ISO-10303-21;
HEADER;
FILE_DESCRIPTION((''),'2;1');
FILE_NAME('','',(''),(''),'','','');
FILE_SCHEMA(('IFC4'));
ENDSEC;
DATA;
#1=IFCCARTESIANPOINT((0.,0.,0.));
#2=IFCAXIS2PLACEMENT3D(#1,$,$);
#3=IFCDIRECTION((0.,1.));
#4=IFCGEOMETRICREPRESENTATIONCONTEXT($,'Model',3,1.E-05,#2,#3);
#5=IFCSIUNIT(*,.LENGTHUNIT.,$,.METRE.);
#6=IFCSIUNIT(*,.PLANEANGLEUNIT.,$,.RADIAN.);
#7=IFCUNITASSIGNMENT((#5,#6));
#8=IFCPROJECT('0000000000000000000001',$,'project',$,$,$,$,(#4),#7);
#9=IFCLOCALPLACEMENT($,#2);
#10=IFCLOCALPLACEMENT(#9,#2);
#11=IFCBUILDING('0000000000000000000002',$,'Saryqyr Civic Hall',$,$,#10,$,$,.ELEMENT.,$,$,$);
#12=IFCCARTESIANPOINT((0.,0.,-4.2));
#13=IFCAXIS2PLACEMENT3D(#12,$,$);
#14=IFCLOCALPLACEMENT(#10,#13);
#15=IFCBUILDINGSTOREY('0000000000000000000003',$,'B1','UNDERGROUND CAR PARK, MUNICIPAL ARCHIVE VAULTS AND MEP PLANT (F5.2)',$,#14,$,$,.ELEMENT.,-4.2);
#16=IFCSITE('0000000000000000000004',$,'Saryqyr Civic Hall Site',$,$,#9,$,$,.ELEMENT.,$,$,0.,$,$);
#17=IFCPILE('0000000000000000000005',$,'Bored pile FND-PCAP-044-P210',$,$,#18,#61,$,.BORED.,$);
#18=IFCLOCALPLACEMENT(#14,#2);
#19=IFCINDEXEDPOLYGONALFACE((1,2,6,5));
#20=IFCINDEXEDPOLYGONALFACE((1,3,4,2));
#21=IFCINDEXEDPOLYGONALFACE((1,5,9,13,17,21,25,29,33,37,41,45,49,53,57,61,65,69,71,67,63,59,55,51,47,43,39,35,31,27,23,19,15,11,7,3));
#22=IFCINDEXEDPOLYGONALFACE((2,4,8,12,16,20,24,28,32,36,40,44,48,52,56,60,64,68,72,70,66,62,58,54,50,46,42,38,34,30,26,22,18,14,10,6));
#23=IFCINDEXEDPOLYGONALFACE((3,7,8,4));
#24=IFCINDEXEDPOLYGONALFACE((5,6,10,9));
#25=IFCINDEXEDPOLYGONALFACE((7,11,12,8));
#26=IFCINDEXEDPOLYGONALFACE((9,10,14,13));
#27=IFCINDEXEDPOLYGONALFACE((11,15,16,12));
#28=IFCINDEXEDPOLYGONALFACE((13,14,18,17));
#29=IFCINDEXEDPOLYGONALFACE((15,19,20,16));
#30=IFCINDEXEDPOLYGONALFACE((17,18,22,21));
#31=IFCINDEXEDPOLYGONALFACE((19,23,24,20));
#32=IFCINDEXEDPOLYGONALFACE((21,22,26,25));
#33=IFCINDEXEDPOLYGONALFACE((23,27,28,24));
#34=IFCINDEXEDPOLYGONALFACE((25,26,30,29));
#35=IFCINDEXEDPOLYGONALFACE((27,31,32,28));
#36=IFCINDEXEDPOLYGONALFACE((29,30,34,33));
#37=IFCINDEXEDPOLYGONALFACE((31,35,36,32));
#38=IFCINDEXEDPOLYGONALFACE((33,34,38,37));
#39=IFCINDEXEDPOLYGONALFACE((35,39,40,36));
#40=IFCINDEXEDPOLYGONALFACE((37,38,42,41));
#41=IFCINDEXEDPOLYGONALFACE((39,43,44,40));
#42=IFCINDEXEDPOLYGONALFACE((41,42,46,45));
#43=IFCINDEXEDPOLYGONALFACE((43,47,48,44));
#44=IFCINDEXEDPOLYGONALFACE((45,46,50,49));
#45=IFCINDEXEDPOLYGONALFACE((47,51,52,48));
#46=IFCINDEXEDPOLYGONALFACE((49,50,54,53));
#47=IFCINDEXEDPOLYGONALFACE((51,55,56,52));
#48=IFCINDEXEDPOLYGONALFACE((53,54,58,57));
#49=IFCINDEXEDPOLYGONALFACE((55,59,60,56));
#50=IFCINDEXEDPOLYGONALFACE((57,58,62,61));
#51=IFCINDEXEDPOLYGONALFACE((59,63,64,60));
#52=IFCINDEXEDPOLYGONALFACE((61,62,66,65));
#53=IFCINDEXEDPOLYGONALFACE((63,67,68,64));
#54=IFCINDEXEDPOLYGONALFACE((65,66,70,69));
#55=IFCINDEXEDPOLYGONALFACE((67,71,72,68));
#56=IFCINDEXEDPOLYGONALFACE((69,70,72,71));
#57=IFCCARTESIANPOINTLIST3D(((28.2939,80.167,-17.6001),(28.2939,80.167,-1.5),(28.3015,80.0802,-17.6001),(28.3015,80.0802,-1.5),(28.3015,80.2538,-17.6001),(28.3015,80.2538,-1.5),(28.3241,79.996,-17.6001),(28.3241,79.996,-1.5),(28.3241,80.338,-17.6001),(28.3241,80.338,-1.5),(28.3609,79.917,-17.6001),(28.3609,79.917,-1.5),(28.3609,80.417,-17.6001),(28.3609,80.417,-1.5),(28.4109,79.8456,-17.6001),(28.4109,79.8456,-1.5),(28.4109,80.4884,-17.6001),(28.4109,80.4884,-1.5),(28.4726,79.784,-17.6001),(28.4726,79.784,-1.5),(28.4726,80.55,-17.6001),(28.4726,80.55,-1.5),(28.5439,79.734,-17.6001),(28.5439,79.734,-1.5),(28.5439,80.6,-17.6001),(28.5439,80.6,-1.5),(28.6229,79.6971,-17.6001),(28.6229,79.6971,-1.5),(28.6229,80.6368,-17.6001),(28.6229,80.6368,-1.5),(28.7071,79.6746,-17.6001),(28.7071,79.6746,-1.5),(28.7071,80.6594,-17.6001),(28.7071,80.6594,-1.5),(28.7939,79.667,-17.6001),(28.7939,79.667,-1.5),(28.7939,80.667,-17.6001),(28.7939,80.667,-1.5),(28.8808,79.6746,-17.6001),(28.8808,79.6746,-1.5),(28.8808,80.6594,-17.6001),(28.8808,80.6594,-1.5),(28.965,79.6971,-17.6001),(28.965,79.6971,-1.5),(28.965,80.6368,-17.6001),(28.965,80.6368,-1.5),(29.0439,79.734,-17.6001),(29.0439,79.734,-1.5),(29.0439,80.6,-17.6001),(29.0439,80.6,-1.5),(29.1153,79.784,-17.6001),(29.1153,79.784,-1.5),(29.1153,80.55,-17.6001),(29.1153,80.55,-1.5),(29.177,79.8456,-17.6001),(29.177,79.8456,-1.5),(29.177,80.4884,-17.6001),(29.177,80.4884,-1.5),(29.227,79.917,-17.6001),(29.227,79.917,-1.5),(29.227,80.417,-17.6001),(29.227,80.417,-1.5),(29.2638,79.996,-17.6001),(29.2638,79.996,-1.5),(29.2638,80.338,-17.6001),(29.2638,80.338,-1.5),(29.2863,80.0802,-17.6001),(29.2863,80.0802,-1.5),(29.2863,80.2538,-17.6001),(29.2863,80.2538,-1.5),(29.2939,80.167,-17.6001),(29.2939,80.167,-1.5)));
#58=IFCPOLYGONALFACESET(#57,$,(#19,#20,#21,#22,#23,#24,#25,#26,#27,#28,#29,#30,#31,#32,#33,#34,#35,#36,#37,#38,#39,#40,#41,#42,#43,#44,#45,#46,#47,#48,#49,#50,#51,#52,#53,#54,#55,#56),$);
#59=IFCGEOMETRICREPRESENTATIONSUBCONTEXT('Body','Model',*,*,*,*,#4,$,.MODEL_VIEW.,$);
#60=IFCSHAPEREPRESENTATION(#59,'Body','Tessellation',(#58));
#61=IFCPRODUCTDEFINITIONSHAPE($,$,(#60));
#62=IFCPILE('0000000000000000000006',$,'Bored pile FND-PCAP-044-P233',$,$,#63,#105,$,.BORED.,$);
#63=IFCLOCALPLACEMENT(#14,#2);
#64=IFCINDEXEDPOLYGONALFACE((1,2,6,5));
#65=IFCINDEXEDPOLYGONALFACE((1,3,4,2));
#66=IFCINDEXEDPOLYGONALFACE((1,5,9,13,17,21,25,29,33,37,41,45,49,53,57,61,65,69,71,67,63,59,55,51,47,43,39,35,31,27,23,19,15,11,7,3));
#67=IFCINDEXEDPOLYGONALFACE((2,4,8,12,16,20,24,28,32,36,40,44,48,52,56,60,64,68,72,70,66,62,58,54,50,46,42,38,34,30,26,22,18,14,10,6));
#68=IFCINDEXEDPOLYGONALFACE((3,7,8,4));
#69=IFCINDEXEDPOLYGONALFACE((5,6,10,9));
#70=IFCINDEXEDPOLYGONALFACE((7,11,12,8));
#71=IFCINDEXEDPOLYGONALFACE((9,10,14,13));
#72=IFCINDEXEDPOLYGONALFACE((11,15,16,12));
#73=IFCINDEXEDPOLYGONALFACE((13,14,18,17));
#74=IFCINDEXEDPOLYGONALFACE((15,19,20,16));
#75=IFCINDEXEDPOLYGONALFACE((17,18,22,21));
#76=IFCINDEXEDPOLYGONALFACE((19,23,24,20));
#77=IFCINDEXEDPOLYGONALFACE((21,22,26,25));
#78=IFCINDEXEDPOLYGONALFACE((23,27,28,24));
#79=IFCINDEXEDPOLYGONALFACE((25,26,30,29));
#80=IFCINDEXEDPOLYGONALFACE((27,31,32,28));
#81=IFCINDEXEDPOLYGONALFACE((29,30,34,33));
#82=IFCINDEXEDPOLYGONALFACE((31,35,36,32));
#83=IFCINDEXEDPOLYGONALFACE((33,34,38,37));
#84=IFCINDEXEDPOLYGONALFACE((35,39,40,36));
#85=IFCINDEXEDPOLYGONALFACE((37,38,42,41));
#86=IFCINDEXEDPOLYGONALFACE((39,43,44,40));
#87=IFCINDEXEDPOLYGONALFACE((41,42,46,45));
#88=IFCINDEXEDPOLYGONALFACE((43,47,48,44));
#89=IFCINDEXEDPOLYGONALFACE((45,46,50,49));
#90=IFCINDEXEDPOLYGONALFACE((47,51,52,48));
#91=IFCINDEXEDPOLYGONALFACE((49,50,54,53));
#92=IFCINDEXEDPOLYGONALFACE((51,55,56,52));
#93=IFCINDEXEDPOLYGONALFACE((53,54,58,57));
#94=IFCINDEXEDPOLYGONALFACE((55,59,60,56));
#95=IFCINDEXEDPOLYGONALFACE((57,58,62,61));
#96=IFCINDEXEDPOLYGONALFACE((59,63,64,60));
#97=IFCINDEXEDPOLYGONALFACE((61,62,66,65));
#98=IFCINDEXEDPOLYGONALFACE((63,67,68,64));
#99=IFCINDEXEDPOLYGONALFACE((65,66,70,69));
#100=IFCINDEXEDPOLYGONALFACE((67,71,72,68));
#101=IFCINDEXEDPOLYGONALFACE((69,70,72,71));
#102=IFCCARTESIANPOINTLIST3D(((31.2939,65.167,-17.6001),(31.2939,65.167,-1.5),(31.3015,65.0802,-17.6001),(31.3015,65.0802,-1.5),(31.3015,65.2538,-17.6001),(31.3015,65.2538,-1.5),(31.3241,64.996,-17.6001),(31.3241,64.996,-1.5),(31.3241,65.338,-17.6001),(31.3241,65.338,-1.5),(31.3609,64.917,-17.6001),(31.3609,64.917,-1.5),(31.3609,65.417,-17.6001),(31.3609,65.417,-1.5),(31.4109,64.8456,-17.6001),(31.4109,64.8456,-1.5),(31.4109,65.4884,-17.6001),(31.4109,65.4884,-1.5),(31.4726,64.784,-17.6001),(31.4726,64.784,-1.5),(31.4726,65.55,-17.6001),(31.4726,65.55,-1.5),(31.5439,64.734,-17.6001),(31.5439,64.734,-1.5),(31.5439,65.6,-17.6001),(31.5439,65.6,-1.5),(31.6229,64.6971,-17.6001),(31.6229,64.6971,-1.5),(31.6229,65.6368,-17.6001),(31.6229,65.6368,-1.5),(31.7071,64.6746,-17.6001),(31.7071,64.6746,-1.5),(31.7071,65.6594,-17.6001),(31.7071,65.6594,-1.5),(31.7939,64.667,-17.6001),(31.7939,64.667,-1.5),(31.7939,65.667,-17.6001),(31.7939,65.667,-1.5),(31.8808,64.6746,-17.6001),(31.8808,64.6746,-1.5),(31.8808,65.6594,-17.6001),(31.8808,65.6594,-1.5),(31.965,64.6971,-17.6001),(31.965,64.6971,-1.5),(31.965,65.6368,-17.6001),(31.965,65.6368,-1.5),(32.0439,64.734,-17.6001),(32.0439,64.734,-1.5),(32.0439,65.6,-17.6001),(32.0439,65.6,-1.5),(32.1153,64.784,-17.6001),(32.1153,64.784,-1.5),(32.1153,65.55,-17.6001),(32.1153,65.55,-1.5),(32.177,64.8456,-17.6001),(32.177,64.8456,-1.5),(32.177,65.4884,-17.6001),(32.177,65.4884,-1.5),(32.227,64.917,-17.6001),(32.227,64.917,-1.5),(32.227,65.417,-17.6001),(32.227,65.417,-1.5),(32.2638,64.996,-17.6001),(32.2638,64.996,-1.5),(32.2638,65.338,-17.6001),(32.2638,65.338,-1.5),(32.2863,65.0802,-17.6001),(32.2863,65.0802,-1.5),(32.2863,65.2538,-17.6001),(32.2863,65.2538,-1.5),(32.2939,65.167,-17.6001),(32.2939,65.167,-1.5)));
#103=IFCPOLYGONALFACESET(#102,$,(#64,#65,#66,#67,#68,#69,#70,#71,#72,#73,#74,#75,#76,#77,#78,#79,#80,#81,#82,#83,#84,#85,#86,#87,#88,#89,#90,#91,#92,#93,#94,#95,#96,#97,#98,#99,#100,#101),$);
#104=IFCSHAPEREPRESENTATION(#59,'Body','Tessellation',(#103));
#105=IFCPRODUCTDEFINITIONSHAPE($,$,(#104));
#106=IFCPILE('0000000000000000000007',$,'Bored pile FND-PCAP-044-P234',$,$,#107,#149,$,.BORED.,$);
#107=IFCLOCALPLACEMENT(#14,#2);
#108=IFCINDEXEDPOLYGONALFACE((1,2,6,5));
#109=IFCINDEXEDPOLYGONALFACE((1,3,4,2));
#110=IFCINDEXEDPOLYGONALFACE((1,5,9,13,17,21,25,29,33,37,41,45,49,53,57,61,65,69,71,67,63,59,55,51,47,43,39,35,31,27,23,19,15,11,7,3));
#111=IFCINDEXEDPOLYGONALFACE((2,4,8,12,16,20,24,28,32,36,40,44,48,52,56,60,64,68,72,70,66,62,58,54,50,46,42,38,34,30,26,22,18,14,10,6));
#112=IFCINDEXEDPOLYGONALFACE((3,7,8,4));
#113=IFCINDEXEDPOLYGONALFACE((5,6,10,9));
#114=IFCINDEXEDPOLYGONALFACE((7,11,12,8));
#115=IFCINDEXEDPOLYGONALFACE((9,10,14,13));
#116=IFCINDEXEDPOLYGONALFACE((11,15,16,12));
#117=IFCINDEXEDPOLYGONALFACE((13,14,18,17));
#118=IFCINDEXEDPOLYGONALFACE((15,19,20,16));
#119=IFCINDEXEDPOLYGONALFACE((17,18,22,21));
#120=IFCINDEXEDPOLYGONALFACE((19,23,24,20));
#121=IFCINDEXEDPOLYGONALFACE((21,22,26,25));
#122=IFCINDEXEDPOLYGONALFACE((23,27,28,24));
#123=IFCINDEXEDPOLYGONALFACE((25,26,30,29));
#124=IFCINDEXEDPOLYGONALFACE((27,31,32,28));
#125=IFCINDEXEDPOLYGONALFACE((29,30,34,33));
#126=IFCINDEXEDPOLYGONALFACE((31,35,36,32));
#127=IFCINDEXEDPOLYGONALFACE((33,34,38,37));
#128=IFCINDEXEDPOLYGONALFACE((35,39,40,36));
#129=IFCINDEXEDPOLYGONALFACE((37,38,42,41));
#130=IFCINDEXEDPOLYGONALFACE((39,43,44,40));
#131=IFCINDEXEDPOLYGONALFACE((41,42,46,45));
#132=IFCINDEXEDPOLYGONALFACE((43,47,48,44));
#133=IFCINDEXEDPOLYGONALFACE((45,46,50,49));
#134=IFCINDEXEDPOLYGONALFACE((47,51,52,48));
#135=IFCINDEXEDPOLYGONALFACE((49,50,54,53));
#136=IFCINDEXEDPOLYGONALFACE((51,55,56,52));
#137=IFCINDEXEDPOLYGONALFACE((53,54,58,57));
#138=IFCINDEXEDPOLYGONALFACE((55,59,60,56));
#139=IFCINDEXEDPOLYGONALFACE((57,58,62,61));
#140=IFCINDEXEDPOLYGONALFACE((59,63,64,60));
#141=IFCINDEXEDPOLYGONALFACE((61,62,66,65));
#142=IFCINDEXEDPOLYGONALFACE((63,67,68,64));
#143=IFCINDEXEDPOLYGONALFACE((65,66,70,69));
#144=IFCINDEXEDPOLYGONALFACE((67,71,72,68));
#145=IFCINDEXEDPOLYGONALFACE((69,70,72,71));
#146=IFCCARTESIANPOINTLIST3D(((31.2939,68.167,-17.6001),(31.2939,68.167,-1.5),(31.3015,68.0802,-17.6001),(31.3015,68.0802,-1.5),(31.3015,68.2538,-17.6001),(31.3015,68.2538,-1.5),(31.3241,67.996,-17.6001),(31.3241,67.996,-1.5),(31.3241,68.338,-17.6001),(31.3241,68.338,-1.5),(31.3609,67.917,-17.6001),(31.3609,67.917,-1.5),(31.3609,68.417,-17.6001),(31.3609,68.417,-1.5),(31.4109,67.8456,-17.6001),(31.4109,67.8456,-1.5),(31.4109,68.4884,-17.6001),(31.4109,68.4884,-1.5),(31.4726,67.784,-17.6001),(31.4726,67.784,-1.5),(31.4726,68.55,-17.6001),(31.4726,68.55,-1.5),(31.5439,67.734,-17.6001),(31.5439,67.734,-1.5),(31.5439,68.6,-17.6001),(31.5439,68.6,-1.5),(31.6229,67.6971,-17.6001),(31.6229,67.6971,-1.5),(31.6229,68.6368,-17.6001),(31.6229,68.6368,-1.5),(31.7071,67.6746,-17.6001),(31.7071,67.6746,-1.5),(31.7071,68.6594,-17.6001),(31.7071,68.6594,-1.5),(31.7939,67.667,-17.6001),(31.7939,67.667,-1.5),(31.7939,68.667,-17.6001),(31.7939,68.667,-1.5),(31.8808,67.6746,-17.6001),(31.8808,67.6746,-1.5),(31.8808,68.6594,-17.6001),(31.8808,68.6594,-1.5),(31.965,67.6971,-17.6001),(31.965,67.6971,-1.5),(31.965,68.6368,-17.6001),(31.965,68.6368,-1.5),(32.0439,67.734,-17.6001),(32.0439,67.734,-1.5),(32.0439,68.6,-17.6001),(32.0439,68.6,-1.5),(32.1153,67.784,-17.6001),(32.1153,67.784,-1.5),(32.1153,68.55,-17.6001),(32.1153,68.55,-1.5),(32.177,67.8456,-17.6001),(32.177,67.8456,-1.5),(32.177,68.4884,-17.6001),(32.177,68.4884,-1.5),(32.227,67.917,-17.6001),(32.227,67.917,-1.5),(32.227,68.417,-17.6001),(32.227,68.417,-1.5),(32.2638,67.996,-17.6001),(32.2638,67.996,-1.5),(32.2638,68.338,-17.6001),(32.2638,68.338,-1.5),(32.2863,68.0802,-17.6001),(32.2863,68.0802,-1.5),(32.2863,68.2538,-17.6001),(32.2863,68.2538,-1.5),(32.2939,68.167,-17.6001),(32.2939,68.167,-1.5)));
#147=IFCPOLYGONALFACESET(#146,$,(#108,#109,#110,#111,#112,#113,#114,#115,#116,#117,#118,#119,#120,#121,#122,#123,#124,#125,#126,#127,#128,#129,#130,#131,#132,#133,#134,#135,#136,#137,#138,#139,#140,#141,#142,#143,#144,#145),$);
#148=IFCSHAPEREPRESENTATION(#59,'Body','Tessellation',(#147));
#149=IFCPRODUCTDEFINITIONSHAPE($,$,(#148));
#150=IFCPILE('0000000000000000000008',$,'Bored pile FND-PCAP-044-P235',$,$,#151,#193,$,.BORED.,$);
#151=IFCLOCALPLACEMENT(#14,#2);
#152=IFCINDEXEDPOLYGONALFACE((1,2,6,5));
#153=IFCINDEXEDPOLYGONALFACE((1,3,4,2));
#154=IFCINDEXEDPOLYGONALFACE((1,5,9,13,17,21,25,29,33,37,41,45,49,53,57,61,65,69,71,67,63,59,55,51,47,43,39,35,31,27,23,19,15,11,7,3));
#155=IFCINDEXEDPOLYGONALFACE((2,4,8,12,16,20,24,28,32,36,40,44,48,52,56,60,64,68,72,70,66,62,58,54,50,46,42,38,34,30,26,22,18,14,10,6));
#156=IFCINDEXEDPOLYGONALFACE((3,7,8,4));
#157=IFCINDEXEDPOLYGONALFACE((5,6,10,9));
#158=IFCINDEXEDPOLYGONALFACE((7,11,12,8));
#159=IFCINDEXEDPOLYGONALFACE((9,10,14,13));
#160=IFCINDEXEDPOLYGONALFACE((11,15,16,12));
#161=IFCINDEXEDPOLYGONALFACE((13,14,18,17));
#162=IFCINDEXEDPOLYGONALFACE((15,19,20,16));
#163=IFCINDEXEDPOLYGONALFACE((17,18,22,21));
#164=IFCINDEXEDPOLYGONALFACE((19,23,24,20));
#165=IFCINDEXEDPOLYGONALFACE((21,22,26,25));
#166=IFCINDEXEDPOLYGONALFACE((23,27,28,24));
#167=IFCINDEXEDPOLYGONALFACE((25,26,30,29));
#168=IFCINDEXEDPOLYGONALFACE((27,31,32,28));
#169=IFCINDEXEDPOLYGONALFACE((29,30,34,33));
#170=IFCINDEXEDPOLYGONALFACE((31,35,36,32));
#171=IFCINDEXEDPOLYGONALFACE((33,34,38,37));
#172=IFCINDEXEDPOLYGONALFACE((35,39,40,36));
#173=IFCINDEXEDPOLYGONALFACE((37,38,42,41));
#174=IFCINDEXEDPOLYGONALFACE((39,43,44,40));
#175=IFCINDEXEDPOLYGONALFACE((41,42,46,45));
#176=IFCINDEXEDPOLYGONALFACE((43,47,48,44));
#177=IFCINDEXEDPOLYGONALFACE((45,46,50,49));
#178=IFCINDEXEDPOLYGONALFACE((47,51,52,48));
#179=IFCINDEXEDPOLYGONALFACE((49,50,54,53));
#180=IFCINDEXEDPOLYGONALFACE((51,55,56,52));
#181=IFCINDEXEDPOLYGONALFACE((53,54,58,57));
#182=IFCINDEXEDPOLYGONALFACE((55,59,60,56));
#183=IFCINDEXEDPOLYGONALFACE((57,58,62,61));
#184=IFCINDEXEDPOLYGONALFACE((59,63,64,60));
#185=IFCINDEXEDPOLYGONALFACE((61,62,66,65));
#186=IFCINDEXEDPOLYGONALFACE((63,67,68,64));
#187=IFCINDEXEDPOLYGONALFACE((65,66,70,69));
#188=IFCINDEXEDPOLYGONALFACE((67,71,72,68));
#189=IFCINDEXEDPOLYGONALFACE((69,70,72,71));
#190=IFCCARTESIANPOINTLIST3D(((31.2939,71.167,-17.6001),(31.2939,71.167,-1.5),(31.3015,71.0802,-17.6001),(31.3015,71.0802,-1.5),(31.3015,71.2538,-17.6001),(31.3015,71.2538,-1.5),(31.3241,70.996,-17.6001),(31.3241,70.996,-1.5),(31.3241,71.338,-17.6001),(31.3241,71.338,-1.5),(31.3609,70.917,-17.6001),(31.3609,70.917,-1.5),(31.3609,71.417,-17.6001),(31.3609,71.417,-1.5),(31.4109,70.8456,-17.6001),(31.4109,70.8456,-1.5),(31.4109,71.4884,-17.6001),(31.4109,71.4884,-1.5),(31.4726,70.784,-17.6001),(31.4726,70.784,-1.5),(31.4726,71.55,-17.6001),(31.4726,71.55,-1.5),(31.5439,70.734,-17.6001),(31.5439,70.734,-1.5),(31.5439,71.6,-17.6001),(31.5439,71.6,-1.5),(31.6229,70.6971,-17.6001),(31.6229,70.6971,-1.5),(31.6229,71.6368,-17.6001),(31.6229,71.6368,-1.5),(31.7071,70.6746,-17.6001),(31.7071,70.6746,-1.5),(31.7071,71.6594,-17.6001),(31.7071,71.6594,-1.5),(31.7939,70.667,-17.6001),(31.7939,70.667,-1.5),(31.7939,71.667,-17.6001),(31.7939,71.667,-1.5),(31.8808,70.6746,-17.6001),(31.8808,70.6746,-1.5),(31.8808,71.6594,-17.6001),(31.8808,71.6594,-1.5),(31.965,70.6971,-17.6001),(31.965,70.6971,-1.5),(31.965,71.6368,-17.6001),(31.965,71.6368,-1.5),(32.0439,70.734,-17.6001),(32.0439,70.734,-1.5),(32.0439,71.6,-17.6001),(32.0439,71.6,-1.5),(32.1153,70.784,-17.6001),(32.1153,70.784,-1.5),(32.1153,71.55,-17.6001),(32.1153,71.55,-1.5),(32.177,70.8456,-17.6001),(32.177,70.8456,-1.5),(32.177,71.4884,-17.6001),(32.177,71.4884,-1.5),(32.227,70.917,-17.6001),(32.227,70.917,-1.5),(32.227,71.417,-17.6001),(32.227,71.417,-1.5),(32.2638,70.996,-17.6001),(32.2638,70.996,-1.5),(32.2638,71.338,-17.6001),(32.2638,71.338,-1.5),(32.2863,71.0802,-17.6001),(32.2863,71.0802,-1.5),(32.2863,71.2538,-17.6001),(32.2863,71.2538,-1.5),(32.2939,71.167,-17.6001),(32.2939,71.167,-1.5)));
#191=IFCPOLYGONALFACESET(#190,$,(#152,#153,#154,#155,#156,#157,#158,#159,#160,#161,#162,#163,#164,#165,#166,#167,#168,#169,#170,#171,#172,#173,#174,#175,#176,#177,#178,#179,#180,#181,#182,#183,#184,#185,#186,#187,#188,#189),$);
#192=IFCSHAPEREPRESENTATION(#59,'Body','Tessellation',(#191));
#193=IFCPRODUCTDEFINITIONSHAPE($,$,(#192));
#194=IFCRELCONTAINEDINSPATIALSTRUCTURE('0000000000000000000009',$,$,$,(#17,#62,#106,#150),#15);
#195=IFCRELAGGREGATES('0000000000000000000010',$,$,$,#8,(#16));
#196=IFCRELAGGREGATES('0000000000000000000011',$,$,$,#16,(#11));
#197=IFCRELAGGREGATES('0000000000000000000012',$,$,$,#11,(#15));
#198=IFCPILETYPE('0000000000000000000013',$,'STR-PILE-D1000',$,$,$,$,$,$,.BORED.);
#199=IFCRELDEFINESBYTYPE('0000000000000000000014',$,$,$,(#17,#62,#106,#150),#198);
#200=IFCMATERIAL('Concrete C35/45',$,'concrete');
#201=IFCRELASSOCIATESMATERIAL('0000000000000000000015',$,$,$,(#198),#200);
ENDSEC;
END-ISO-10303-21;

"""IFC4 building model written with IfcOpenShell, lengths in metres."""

from ifc_helpers import new_model, si_unit, direction, frame, origin, origin_2d, place, context, subcontext, project, spatial, circle, extrude, material, material_profile, profile_set, type_object, element, save


model = new_model("IFC4")

# Units and contexts
model_context = context("Model", 3, precision=1e-05, world=origin(), true_north=direction((0.0, 1.0)))
body_context = subcontext(model_context, "Body", "Model", "MODEL_VIEW")
ifc_project = project(units=[si_unit("LENGTHUNIT", "METRE"), si_unit("PLANEANGLEUNIT", "RADIAN")], contexts=[model_context])

# Site, building, storey
site_placement = place(None, origin())
site = spatial("IfcSite", under=ifc_project, at=site_placement, Name="Saryqyr Civic Hall Site", CompositionType="ELEMENT", RefElevation=0.0)
building_placement = place(site_placement, origin())
building = spatial("IfcBuilding", under=site, at=building_placement, Name="Saryqyr Civic Hall", CompositionType="ELEMENT")
storey_placement = place(building_placement, frame((0.0, 0.0, -4.2)))
storey = spatial("IfcBuildingStorey", under=building, at=storey_placement, Name="B1", Description="UNDERGROUND CAR PARK, MUNICIPAL ARCHIVE VAULTS AND MEP PLANT (F5.2)", CompositionType="ELEMENT", Elevation=-4.2)

# Shared definitions
ifc_material_1 = material(Name="Concrete C35/45", Category="concrete")

# Piles
ifc_material_profile_1 = material_profile(ifc_material_1, circle(Radius=0.5, at=origin_2d()), Name="BORED PILE D1000")
ifc_profile_set_1 = profile_set([ifc_material_profile_1], Name="Concrete C35/45")
pile_type = type_object("IfcPileType", Name="STR-PILE-D1000", PredefinedType="BORED", material=ifc_profile_set_1)
for number, where, z_axis, x_axis, name in (
    (1, (28.7939, 80.167, -1.5), (0.0, 0.0, -1.0), (1.0, 0.0, 0.0), "Bored pile FND-PCAP-044-P210"),
    (2, (31.7939, 65.167, -1.5), (0.0, 0.0, -1.0), (1.0, 0.0, 0.0), "Bored pile FND-PCAP-044-P233"),
    (3, (31.7939, 68.167, -1.5), (0.0, 0.0, -1.0), (1.0, 0.0, 0.0), "Bored pile FND-PCAP-044-P234"),
    (4, (31.7939, 71.167, -1.5), (0.0, 0.0, -1.0), (1.0, 0.0, 0.0), "Bored pile FND-PCAP-044-P235"),
):
    element("IfcPile", number, at=place(storey_placement, frame(where, z_axis=z_axis, x_axis=x_axis)), inside=storey, type_object=pile_type, Name=name, PredefinedType="BORED", context=body_context, shape_type="SweptSolid", body=[
        extrude(circle(Radius=0.5, at=origin_2d()), origin(), (0.0, 0.0, 1.0), 16.1001),
    ])

save(model, "model.ifc")
